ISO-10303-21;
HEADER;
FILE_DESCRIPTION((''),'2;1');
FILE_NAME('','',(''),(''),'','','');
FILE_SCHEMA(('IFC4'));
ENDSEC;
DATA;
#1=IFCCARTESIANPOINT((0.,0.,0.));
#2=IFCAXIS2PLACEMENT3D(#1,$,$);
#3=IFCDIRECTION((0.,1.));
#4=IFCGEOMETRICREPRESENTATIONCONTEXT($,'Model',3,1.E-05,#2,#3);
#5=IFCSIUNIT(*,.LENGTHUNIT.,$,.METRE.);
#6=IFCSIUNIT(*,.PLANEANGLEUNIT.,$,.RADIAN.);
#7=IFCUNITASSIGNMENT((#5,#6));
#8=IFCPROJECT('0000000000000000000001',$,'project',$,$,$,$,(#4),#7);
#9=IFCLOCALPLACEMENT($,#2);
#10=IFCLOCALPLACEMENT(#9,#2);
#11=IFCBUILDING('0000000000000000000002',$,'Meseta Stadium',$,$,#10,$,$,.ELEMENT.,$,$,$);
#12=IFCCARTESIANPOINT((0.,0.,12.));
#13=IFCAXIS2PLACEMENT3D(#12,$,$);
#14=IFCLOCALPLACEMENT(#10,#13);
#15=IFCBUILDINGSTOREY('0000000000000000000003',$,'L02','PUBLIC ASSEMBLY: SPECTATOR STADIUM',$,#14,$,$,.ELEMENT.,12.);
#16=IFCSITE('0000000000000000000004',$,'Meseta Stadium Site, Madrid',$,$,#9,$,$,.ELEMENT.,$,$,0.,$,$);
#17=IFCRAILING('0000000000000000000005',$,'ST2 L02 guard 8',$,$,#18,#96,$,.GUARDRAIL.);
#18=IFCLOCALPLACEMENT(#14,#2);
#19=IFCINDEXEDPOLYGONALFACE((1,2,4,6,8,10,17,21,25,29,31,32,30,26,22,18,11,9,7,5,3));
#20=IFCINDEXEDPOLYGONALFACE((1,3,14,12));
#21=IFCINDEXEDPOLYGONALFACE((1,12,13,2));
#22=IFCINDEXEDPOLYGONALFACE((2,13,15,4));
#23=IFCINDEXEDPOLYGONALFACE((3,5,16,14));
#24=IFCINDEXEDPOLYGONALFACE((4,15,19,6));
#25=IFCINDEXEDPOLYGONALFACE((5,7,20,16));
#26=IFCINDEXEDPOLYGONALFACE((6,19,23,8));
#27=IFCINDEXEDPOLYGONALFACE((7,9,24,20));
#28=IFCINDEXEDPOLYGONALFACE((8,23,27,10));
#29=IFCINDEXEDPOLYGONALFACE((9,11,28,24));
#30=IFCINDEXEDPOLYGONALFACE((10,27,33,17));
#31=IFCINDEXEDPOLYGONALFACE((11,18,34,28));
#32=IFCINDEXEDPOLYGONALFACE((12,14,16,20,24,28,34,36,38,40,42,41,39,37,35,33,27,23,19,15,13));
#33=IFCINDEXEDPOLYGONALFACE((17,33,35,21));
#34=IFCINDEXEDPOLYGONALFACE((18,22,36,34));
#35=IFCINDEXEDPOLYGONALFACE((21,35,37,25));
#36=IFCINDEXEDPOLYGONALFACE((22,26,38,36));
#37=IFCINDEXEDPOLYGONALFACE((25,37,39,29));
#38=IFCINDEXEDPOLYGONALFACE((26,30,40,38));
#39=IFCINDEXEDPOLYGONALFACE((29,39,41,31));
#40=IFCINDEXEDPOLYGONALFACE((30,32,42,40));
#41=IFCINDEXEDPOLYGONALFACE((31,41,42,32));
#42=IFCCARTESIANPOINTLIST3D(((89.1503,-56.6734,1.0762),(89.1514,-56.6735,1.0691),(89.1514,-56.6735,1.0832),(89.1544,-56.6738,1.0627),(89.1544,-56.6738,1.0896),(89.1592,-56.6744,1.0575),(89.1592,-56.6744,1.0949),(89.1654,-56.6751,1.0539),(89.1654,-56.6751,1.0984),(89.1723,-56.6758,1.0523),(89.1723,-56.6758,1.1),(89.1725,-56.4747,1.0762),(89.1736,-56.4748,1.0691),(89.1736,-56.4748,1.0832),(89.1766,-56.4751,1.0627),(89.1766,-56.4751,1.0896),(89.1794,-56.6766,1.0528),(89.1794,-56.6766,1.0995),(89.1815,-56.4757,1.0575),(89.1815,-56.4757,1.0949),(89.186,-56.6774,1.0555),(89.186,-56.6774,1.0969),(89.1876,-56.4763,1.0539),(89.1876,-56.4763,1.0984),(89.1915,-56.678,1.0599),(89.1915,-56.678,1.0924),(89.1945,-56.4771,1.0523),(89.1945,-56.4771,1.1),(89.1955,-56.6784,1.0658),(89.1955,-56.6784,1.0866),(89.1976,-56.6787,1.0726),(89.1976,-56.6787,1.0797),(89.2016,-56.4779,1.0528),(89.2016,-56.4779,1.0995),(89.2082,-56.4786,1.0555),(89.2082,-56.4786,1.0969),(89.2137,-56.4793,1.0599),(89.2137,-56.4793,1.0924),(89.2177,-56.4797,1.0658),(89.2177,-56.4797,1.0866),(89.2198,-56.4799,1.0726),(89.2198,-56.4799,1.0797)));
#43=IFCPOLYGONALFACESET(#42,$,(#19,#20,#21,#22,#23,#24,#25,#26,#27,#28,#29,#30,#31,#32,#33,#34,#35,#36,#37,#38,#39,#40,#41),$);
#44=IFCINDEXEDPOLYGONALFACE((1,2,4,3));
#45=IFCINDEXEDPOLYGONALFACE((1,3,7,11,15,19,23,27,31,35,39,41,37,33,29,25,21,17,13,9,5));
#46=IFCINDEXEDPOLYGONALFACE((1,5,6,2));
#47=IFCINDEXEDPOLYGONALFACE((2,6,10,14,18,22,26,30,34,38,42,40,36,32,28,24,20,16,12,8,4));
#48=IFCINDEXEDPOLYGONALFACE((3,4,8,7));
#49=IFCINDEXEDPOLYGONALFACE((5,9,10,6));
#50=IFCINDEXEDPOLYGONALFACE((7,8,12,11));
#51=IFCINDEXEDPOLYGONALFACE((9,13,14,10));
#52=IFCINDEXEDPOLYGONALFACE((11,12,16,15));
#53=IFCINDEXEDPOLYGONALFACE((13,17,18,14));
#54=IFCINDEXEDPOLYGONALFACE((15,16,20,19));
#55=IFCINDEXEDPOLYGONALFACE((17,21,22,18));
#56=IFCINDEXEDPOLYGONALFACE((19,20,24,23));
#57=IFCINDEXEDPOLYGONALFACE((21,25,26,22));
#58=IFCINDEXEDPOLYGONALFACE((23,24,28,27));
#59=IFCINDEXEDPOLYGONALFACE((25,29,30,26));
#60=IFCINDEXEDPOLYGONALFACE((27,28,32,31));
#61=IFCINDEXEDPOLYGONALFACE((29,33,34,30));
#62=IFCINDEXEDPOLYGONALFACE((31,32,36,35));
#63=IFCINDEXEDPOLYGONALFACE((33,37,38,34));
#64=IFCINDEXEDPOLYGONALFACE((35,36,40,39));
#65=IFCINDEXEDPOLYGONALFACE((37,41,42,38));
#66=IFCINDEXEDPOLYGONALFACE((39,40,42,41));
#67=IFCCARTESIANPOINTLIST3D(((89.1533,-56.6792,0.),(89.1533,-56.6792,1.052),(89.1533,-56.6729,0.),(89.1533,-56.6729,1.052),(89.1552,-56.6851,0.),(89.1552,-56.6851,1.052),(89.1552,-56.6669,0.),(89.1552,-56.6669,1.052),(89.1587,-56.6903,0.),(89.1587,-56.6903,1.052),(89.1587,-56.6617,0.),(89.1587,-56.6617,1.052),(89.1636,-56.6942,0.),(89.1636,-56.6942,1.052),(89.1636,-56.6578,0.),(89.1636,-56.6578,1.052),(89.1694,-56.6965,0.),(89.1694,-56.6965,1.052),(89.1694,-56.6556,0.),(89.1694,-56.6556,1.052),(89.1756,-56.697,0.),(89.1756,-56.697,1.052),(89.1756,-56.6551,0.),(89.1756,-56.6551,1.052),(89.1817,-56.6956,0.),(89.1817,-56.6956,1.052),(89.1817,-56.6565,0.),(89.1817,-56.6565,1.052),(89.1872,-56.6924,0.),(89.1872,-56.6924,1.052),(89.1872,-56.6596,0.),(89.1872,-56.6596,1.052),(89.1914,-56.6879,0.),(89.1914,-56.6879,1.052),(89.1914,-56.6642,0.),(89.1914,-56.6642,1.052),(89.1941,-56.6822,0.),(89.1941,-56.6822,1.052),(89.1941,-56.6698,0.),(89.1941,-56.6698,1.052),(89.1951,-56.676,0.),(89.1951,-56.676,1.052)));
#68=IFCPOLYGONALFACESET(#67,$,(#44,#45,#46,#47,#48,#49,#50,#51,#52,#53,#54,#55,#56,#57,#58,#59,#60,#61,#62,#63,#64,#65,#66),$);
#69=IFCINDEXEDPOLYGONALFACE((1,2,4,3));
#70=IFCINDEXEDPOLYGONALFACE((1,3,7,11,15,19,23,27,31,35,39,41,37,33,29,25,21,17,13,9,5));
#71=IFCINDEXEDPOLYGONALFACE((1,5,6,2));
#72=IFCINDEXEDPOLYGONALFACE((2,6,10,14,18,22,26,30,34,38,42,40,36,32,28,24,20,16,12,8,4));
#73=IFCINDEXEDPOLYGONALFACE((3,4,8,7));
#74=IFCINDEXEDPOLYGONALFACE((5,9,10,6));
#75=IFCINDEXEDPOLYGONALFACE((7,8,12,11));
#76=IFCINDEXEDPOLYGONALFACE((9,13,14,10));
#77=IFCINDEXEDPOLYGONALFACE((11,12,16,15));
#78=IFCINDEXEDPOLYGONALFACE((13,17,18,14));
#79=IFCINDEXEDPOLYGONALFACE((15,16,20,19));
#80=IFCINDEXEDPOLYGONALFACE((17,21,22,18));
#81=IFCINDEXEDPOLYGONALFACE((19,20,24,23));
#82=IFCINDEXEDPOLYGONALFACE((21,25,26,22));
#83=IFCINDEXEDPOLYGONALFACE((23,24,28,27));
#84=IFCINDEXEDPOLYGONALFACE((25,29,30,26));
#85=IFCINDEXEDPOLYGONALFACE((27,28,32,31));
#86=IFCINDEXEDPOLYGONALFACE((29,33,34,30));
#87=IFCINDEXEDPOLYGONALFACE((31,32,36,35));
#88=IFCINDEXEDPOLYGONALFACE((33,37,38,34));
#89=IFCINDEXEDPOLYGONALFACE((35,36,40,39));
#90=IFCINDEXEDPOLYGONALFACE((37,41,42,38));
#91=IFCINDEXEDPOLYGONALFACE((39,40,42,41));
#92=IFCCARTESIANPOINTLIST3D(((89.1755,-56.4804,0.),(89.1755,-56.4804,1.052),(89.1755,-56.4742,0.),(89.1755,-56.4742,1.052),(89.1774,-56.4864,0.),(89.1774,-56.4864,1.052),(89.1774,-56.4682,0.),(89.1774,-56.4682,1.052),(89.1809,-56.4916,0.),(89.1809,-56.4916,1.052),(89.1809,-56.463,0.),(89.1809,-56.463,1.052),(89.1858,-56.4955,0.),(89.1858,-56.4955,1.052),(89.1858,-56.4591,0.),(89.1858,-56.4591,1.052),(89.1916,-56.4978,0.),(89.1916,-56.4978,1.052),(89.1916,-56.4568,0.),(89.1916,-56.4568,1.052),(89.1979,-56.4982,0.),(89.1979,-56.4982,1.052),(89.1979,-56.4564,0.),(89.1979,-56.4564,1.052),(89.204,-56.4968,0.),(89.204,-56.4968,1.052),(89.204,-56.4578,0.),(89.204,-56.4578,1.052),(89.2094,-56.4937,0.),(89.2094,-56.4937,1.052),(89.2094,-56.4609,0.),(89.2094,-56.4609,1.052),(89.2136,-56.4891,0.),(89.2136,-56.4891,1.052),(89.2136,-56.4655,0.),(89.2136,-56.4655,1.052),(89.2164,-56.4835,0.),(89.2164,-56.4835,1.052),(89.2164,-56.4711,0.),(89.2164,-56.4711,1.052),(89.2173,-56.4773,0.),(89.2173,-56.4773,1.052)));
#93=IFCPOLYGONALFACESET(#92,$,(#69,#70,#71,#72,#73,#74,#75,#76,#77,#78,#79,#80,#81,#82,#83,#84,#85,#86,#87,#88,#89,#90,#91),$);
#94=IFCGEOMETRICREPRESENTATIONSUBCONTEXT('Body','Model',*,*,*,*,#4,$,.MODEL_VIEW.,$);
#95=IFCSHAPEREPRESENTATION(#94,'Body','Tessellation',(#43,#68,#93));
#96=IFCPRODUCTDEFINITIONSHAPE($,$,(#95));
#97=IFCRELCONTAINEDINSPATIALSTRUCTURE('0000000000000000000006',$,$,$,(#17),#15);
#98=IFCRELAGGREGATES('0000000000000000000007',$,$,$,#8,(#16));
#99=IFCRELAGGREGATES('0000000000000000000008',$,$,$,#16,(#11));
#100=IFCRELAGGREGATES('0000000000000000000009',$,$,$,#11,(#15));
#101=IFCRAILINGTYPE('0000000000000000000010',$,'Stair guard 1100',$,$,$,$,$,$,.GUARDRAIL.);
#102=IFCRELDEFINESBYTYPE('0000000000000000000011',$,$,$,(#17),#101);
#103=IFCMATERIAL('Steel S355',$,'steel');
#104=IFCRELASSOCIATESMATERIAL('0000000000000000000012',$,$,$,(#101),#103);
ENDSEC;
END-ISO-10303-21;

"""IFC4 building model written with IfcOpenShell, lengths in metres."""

from ifc_helpers import new_model, si_unit, direction, frame, origin, origin_2d, place, context, subcontext, project, spatial, circle, extrude, material, type_object, element, save


model = new_model("IFC4")

# Units and contexts
model_context = context("Model", 3, precision=1e-05, world=origin(), true_north=direction((0.0, 1.0)))
body_context = subcontext(model_context, "Body", "Model", "MODEL_VIEW")
ifc_project = project(units=[si_unit("LENGTHUNIT", "METRE"), si_unit("PLANEANGLEUNIT", "RADIAN")], contexts=[model_context])

# Site, building, storey
site_placement = place(None, origin())
site = spatial("IfcSite", under=ifc_project, at=site_placement, Name="Meseta Stadium Site, Madrid", CompositionType="ELEMENT", RefElevation=0.0)
building_placement = place(site_placement, origin())
building = spatial("IfcBuilding", under=site, at=building_placement, Name="Meseta Stadium", CompositionType="ELEMENT")
storey_placement = place(building_placement, frame((0.0, 0.0, 12.0)))
storey = spatial("IfcBuildingStorey", under=building, at=storey_placement, Name="L02", Description="PUBLIC ASSEMBLY: SPECTATOR STADIUM", CompositionType="ELEMENT", Elevation=12.0)

# Railing
ifc_material_1 = material(Name="Steel S355", Category="steel")
railing_type_1 = type_object("IfcRailingType", Name="Stair guard 1100", PredefinedType="GUARDRAIL", material=ifc_material_1)
railing_1_placement = place(storey_placement, frame((89.1741, -56.676, 0.0)))
element("IfcRailing", 1, at=railing_1_placement, inside=storey, type_object=railing_type_1, Name="ST2 L02 guard 8", PredefinedType="GUARDRAIL", context=body_context, shape_type="SweptSolid", body=[
    extrude(circle(Radius=0.0239, at=origin_2d()), frame((0.0, 0.0, 1.0762), z_axis=(0.111102, 0.993809, 0.0), x_axis=(-0.993809, 0.111102, 0.0)), (0.0, 0.0, 1.0), 0.2),
    extrude(circle(Radius=0.021, at=origin_2d()), origin(), (0.0, 0.0, 1.0), 1.052),
    extrude(circle(Radius=0.021, at=origin_2d()), frame((0.0222, 0.1987, 0.0)), (0.0, 0.0, 1.0), 1.052),
])

save(model, "model.ifc")
